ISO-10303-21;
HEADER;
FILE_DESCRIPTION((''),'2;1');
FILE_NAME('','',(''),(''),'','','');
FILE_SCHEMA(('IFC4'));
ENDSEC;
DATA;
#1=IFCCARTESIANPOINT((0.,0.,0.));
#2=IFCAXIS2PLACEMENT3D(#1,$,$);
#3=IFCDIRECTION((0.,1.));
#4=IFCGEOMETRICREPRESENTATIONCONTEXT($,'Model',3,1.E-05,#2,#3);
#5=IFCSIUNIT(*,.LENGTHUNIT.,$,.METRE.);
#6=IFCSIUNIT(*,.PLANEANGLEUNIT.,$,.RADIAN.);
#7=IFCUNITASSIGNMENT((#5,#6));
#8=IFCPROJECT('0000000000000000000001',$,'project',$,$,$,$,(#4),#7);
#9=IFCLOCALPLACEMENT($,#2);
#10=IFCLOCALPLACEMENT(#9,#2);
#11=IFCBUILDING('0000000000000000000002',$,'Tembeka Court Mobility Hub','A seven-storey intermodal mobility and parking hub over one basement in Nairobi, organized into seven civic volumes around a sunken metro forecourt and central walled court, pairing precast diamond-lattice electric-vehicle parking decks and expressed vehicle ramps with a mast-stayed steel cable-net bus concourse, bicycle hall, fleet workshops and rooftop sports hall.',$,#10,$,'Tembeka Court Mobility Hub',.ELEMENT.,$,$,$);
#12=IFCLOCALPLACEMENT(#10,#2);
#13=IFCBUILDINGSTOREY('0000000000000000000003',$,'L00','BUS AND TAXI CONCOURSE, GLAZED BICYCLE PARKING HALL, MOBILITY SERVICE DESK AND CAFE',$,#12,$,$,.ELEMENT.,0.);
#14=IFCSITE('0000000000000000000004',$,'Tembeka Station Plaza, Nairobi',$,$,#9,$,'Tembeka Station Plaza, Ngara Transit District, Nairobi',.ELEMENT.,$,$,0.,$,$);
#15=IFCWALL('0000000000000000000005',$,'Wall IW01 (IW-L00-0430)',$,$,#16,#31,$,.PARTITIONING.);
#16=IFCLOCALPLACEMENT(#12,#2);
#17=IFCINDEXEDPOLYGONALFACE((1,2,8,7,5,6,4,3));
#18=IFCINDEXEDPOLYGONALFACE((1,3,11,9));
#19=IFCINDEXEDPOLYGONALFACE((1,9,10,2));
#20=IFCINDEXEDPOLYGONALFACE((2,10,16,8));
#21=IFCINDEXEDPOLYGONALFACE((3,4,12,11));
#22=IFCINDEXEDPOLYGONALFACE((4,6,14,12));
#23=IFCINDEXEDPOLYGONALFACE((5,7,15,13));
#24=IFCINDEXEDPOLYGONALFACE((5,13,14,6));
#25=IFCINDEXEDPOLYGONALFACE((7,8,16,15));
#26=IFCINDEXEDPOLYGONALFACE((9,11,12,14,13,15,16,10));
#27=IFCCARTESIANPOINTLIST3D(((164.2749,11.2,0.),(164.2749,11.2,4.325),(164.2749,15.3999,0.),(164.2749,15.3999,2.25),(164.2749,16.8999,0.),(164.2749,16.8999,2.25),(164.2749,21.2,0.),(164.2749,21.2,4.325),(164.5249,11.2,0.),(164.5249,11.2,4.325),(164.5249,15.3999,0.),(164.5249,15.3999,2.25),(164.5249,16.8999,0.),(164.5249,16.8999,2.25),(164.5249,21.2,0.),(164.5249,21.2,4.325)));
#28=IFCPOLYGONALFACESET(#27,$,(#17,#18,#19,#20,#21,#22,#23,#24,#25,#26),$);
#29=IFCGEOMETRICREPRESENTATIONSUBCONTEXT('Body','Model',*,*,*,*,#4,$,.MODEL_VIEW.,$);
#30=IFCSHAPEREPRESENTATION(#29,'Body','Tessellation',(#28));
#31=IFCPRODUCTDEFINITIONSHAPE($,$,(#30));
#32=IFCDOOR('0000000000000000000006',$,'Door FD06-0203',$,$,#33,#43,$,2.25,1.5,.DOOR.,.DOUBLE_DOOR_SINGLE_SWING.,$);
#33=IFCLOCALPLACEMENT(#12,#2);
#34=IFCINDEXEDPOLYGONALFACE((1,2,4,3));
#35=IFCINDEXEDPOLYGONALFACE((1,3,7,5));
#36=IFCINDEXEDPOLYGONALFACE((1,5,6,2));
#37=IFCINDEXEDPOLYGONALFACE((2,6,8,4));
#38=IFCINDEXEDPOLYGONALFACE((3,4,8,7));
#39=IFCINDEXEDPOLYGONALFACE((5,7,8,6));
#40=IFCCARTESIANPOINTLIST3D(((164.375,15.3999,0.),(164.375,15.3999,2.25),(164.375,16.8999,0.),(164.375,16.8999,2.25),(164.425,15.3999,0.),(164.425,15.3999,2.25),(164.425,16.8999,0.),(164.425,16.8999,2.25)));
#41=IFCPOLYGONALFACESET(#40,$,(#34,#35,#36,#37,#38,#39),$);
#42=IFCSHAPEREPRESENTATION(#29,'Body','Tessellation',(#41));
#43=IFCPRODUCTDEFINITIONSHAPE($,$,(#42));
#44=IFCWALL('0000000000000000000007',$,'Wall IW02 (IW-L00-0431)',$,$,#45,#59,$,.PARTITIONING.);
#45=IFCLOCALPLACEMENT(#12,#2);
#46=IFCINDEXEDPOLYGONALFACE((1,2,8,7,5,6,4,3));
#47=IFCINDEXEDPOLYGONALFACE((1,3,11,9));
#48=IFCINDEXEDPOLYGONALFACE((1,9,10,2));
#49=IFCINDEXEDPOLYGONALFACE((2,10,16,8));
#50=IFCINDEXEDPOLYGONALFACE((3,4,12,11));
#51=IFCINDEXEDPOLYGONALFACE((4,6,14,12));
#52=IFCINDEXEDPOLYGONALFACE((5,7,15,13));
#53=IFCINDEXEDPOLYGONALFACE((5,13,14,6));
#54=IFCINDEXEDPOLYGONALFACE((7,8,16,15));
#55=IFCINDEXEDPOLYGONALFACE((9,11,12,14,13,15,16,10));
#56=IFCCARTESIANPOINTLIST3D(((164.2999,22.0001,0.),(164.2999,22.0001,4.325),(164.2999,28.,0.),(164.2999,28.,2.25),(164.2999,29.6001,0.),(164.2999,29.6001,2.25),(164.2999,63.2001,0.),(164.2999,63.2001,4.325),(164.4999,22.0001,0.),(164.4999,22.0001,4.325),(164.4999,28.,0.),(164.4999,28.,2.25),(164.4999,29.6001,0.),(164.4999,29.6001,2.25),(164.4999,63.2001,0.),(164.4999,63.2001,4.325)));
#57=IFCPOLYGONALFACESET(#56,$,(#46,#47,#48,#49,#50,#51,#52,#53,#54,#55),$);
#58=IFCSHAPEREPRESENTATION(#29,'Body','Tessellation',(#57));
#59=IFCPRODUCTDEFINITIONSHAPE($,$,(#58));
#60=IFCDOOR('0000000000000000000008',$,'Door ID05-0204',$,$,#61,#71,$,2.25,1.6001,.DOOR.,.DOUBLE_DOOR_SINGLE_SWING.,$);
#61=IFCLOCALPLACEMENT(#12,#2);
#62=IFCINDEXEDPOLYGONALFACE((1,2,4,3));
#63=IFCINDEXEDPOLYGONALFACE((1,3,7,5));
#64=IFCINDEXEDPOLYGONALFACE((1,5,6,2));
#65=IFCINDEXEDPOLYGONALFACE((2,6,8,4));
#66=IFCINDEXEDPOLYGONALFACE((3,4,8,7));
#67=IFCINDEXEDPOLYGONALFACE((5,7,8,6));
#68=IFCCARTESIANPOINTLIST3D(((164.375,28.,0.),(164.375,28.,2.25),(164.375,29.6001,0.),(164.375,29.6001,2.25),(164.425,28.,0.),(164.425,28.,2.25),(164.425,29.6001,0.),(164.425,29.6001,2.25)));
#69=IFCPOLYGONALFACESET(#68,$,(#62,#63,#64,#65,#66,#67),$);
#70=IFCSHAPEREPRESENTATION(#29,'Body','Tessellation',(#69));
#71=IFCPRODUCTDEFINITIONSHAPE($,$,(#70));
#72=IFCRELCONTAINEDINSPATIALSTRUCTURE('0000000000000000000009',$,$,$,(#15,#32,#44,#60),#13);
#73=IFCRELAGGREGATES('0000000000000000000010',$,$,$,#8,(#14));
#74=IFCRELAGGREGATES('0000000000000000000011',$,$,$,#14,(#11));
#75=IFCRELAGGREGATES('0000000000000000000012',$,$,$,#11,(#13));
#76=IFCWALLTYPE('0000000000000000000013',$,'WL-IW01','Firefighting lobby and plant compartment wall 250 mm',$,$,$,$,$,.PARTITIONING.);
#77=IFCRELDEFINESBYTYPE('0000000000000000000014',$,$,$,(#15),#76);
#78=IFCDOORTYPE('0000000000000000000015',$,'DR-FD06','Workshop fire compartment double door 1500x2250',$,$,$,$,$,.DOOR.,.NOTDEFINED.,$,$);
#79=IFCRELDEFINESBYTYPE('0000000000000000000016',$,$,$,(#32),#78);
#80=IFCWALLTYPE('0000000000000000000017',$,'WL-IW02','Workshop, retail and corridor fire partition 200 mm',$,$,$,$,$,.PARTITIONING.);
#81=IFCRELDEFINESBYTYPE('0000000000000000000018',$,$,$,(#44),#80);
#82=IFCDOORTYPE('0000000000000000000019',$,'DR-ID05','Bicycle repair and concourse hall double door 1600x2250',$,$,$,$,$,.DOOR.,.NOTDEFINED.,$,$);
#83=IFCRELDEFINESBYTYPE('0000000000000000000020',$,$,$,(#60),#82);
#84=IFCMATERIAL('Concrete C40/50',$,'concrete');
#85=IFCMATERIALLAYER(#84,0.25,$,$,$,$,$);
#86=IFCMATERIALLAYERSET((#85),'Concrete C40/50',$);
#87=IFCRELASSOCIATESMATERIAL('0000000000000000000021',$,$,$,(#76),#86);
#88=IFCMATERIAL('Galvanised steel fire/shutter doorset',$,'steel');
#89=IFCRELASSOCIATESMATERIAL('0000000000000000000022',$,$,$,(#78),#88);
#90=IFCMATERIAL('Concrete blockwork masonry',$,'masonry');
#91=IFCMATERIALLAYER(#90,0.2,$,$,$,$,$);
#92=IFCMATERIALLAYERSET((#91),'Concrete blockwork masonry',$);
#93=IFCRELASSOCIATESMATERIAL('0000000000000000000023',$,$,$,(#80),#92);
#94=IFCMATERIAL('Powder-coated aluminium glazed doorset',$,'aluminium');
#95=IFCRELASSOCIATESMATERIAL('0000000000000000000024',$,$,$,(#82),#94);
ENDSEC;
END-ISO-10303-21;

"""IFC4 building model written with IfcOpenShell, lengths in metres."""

from ifc_helpers import new_model, si_unit, direction, frame, frame_2d, origin, place, context, subcontext, project, spatial, rectangle, extrude, material, layer, layer_set, type_object, element, fill, save


model = new_model("IFC4")

# Units and contexts
model_context = context("Model", 3, precision=1e-05, world=origin(), true_north=direction((0.0, 1.0)))
body_context = subcontext(model_context, "Body", "Model", "MODEL_VIEW")
ifc_project = project(units=[si_unit("LENGTHUNIT", "METRE"), si_unit("PLANEANGLEUNIT", "RADIAN")], contexts=[model_context])

# Site, building, storey
site_placement = place(None, origin())
site = spatial("IfcSite", under=ifc_project, at=site_placement, Name="Tembeka Station Plaza, Nairobi", LongName="Tembeka Station Plaza, Ngara Transit District, Nairobi", CompositionType="ELEMENT", RefElevation=0.0)
building_placement = place(site_placement, origin())
building = spatial("IfcBuilding", under=site, at=building_placement, Name="Tembeka Court Mobility Hub", Description="A seven-storey intermodal mobility and parking hub over one basement in Nairobi, organized into seven civic volumes around a sunken metro forecourt and central walled court, pairing precast diamond-lattice electric-vehicle parking decks and expressed vehicle ramps with a mast-stayed steel cable-net bus concourse, bicycle hall, fleet workshops and rooftop sports hall.", LongName="Tembeka Court Mobility Hub", CompositionType="ELEMENT")
storey_placement = place(building_placement, origin())
storey = spatial("IfcBuildingStorey", under=building, at=storey_placement, Name="L00", Description="BUS AND TAXI CONCOURSE, GLAZED BICYCLE PARKING HALL, MOBILITY SERVICE DESK AND CAFE", CompositionType="ELEMENT", Elevation=0.0)

# Shared definitions
ifc_material_1 = material(Name="Galvanised steel fire/shutter doorset", Category="steel")

# Shared definitions
ifc_material_2 = material(Name="Powder-coated aluminium glazed doorset", Category="aluminium")

# Walls, openings, doors
ifc_material_3 = material(Name="Concrete C40/50", Category="concrete")
ifc_layer_1 = layer(ifc_material_3, 0.25)
ifc_layer_set_1 = layer_set([ifc_layer_1], Name="Concrete C40/50")
wall_type_1 = type_object("IfcWallType", Name="WL-IW01", Description="Firefighting lobby and plant compartment wall 250 mm", PredefinedType="PARTITIONING", material=ifc_layer_set_1)
wall_1_placement = place(storey_placement, frame((164.3999, 11.2, 0.0), z_axis=(0.0, 0.0, 1.0), x_axis=(0.0, 1.0, 0.0)))
wall_1 = element("IfcWall", 1, at=wall_1_placement, inside=storey, type_object=wall_type_1, Name="Wall IW01 (IW-L00-0430)", PredefinedType="PARTITIONING", context=body_context, shape_type="SweptSolid", body=[
    extrude(rectangle(XDim=10.0, YDim=0.25, at=frame_2d((5.0, 0.0))), origin(), (0.0, 0.0, 1.0), 4.325),
])
opening_1_placement = place(wall_1_placement, frame((4.2, 0.0, 0.0)))
opening_1 = element("IfcOpeningElement", 2, at=opening_1_placement, cuts=wall_1, PredefinedType="OPENING", context=body_context, shape_type="SweptSolid", body=[
    extrude(rectangle(XDim=1.5, YDim=2.25, at=frame_2d((0.75, 1.125))), frame((0.0, 0.135, 0.0), z_axis=(0.0, -1.0, 0.0), x_axis=(1.0, 0.0, 0.0)), (0.0, 0.0, 1.0), 0.27),
])
door_type_1 = type_object("IfcDoorType", Name="DR-FD06", Description="Workshop fire compartment double door 1500x2250", OperationType="NOTDEFINED", PredefinedType="DOOR", material=ifc_material_1)
door_1_placement = place(opening_1_placement, origin())
door_1 = element("IfcDoor", 3, at=door_1_placement, inside=storey, type_object=door_type_1, Name="Door FD06-0203", OperationType="DOUBLE_DOOR_SINGLE_SWING", OverallHeight=2.25, OverallWidth=1.5, PredefinedType="DOOR", context=body_context, shape_type="SweptSolid", body=[
    extrude(rectangle(XDim=1.5, YDim=2.25, at=frame_2d((0.75, 1.125))), frame((0.0, 0.0249, 0.0), z_axis=(0.0, -1.0, 0.0), x_axis=(1.0, 0.0, 0.0)), (0.0, 0.0, 1.0), 0.05),
])
fill(opening_1, door_1)
ifc_material_4 = material(Name="Concrete blockwork masonry", Category="masonry")
ifc_layer_2 = layer(ifc_material_4, 0.2)
ifc_layer_set_2 = layer_set([ifc_layer_2], Name="Concrete blockwork masonry")
wall_type_2 = type_object("IfcWallType", Name="WL-IW02", Description="Workshop, retail and corridor fire partition 200 mm", PredefinedType="PARTITIONING", material=ifc_layer_set_2)
wall_2_placement = place(storey_placement, frame((164.3999, 22.0, 0.0), z_axis=(0.0, 0.0, 1.0), x_axis=(0.0, 1.0, 0.0)))
wall_2 = element("IfcWall", 4, at=wall_2_placement, inside=storey, type_object=wall_type_2, Name="Wall IW02 (IW-L00-0431)", PredefinedType="PARTITIONING", context=body_context, shape_type="SweptSolid", body=[
    extrude(rectangle(XDim=41.2, YDim=0.2, at=frame_2d((20.6001, 0.0))), origin(), (0.0, 0.0, 1.0), 4.325),
])
opening_2_placement = place(wall_2_placement, frame((6.0, 0.0, 0.0)))
opening_2 = element("IfcOpeningElement", 5, at=opening_2_placement, cuts=wall_2, PredefinedType="OPENING", context=body_context, shape_type="SweptSolid", body=[
    extrude(rectangle(XDim=1.6001, YDim=2.25, at=frame_2d((0.8, 1.125))), frame((0.0, 0.1099, 0.0), z_axis=(0.0, -1.0, 0.0), x_axis=(1.0, 0.0, 0.0)), (0.0, 0.0, 1.0), 0.22),
])
door_type_2 = type_object("IfcDoorType", Name="DR-ID05", Description="Bicycle repair and concourse hall double door 1600x2250", OperationType="NOTDEFINED", PredefinedType="DOOR", material=ifc_material_2)
door_2_placement = place(opening_2_placement, origin())
door_2 = element("IfcDoor", 6, at=door_2_placement, inside=storey, type_object=door_type_2, Name="Door ID05-0204", OperationType="DOUBLE_DOOR_SINGLE_SWING", OverallHeight=2.25, OverallWidth=1.6001, PredefinedType="DOOR", context=body_context, shape_type="SweptSolid", body=[
    extrude(rectangle(XDim=1.6001, YDim=2.25, at=frame_2d((0.8, 1.125))), frame((0.0, 0.0249, 0.0), z_axis=(0.0, -1.0, 0.0), x_axis=(1.0, 0.0, 0.0)), (0.0, 0.0, 1.0), 0.05),
])
fill(opening_2, door_2)

save(model, "model.ifc")
